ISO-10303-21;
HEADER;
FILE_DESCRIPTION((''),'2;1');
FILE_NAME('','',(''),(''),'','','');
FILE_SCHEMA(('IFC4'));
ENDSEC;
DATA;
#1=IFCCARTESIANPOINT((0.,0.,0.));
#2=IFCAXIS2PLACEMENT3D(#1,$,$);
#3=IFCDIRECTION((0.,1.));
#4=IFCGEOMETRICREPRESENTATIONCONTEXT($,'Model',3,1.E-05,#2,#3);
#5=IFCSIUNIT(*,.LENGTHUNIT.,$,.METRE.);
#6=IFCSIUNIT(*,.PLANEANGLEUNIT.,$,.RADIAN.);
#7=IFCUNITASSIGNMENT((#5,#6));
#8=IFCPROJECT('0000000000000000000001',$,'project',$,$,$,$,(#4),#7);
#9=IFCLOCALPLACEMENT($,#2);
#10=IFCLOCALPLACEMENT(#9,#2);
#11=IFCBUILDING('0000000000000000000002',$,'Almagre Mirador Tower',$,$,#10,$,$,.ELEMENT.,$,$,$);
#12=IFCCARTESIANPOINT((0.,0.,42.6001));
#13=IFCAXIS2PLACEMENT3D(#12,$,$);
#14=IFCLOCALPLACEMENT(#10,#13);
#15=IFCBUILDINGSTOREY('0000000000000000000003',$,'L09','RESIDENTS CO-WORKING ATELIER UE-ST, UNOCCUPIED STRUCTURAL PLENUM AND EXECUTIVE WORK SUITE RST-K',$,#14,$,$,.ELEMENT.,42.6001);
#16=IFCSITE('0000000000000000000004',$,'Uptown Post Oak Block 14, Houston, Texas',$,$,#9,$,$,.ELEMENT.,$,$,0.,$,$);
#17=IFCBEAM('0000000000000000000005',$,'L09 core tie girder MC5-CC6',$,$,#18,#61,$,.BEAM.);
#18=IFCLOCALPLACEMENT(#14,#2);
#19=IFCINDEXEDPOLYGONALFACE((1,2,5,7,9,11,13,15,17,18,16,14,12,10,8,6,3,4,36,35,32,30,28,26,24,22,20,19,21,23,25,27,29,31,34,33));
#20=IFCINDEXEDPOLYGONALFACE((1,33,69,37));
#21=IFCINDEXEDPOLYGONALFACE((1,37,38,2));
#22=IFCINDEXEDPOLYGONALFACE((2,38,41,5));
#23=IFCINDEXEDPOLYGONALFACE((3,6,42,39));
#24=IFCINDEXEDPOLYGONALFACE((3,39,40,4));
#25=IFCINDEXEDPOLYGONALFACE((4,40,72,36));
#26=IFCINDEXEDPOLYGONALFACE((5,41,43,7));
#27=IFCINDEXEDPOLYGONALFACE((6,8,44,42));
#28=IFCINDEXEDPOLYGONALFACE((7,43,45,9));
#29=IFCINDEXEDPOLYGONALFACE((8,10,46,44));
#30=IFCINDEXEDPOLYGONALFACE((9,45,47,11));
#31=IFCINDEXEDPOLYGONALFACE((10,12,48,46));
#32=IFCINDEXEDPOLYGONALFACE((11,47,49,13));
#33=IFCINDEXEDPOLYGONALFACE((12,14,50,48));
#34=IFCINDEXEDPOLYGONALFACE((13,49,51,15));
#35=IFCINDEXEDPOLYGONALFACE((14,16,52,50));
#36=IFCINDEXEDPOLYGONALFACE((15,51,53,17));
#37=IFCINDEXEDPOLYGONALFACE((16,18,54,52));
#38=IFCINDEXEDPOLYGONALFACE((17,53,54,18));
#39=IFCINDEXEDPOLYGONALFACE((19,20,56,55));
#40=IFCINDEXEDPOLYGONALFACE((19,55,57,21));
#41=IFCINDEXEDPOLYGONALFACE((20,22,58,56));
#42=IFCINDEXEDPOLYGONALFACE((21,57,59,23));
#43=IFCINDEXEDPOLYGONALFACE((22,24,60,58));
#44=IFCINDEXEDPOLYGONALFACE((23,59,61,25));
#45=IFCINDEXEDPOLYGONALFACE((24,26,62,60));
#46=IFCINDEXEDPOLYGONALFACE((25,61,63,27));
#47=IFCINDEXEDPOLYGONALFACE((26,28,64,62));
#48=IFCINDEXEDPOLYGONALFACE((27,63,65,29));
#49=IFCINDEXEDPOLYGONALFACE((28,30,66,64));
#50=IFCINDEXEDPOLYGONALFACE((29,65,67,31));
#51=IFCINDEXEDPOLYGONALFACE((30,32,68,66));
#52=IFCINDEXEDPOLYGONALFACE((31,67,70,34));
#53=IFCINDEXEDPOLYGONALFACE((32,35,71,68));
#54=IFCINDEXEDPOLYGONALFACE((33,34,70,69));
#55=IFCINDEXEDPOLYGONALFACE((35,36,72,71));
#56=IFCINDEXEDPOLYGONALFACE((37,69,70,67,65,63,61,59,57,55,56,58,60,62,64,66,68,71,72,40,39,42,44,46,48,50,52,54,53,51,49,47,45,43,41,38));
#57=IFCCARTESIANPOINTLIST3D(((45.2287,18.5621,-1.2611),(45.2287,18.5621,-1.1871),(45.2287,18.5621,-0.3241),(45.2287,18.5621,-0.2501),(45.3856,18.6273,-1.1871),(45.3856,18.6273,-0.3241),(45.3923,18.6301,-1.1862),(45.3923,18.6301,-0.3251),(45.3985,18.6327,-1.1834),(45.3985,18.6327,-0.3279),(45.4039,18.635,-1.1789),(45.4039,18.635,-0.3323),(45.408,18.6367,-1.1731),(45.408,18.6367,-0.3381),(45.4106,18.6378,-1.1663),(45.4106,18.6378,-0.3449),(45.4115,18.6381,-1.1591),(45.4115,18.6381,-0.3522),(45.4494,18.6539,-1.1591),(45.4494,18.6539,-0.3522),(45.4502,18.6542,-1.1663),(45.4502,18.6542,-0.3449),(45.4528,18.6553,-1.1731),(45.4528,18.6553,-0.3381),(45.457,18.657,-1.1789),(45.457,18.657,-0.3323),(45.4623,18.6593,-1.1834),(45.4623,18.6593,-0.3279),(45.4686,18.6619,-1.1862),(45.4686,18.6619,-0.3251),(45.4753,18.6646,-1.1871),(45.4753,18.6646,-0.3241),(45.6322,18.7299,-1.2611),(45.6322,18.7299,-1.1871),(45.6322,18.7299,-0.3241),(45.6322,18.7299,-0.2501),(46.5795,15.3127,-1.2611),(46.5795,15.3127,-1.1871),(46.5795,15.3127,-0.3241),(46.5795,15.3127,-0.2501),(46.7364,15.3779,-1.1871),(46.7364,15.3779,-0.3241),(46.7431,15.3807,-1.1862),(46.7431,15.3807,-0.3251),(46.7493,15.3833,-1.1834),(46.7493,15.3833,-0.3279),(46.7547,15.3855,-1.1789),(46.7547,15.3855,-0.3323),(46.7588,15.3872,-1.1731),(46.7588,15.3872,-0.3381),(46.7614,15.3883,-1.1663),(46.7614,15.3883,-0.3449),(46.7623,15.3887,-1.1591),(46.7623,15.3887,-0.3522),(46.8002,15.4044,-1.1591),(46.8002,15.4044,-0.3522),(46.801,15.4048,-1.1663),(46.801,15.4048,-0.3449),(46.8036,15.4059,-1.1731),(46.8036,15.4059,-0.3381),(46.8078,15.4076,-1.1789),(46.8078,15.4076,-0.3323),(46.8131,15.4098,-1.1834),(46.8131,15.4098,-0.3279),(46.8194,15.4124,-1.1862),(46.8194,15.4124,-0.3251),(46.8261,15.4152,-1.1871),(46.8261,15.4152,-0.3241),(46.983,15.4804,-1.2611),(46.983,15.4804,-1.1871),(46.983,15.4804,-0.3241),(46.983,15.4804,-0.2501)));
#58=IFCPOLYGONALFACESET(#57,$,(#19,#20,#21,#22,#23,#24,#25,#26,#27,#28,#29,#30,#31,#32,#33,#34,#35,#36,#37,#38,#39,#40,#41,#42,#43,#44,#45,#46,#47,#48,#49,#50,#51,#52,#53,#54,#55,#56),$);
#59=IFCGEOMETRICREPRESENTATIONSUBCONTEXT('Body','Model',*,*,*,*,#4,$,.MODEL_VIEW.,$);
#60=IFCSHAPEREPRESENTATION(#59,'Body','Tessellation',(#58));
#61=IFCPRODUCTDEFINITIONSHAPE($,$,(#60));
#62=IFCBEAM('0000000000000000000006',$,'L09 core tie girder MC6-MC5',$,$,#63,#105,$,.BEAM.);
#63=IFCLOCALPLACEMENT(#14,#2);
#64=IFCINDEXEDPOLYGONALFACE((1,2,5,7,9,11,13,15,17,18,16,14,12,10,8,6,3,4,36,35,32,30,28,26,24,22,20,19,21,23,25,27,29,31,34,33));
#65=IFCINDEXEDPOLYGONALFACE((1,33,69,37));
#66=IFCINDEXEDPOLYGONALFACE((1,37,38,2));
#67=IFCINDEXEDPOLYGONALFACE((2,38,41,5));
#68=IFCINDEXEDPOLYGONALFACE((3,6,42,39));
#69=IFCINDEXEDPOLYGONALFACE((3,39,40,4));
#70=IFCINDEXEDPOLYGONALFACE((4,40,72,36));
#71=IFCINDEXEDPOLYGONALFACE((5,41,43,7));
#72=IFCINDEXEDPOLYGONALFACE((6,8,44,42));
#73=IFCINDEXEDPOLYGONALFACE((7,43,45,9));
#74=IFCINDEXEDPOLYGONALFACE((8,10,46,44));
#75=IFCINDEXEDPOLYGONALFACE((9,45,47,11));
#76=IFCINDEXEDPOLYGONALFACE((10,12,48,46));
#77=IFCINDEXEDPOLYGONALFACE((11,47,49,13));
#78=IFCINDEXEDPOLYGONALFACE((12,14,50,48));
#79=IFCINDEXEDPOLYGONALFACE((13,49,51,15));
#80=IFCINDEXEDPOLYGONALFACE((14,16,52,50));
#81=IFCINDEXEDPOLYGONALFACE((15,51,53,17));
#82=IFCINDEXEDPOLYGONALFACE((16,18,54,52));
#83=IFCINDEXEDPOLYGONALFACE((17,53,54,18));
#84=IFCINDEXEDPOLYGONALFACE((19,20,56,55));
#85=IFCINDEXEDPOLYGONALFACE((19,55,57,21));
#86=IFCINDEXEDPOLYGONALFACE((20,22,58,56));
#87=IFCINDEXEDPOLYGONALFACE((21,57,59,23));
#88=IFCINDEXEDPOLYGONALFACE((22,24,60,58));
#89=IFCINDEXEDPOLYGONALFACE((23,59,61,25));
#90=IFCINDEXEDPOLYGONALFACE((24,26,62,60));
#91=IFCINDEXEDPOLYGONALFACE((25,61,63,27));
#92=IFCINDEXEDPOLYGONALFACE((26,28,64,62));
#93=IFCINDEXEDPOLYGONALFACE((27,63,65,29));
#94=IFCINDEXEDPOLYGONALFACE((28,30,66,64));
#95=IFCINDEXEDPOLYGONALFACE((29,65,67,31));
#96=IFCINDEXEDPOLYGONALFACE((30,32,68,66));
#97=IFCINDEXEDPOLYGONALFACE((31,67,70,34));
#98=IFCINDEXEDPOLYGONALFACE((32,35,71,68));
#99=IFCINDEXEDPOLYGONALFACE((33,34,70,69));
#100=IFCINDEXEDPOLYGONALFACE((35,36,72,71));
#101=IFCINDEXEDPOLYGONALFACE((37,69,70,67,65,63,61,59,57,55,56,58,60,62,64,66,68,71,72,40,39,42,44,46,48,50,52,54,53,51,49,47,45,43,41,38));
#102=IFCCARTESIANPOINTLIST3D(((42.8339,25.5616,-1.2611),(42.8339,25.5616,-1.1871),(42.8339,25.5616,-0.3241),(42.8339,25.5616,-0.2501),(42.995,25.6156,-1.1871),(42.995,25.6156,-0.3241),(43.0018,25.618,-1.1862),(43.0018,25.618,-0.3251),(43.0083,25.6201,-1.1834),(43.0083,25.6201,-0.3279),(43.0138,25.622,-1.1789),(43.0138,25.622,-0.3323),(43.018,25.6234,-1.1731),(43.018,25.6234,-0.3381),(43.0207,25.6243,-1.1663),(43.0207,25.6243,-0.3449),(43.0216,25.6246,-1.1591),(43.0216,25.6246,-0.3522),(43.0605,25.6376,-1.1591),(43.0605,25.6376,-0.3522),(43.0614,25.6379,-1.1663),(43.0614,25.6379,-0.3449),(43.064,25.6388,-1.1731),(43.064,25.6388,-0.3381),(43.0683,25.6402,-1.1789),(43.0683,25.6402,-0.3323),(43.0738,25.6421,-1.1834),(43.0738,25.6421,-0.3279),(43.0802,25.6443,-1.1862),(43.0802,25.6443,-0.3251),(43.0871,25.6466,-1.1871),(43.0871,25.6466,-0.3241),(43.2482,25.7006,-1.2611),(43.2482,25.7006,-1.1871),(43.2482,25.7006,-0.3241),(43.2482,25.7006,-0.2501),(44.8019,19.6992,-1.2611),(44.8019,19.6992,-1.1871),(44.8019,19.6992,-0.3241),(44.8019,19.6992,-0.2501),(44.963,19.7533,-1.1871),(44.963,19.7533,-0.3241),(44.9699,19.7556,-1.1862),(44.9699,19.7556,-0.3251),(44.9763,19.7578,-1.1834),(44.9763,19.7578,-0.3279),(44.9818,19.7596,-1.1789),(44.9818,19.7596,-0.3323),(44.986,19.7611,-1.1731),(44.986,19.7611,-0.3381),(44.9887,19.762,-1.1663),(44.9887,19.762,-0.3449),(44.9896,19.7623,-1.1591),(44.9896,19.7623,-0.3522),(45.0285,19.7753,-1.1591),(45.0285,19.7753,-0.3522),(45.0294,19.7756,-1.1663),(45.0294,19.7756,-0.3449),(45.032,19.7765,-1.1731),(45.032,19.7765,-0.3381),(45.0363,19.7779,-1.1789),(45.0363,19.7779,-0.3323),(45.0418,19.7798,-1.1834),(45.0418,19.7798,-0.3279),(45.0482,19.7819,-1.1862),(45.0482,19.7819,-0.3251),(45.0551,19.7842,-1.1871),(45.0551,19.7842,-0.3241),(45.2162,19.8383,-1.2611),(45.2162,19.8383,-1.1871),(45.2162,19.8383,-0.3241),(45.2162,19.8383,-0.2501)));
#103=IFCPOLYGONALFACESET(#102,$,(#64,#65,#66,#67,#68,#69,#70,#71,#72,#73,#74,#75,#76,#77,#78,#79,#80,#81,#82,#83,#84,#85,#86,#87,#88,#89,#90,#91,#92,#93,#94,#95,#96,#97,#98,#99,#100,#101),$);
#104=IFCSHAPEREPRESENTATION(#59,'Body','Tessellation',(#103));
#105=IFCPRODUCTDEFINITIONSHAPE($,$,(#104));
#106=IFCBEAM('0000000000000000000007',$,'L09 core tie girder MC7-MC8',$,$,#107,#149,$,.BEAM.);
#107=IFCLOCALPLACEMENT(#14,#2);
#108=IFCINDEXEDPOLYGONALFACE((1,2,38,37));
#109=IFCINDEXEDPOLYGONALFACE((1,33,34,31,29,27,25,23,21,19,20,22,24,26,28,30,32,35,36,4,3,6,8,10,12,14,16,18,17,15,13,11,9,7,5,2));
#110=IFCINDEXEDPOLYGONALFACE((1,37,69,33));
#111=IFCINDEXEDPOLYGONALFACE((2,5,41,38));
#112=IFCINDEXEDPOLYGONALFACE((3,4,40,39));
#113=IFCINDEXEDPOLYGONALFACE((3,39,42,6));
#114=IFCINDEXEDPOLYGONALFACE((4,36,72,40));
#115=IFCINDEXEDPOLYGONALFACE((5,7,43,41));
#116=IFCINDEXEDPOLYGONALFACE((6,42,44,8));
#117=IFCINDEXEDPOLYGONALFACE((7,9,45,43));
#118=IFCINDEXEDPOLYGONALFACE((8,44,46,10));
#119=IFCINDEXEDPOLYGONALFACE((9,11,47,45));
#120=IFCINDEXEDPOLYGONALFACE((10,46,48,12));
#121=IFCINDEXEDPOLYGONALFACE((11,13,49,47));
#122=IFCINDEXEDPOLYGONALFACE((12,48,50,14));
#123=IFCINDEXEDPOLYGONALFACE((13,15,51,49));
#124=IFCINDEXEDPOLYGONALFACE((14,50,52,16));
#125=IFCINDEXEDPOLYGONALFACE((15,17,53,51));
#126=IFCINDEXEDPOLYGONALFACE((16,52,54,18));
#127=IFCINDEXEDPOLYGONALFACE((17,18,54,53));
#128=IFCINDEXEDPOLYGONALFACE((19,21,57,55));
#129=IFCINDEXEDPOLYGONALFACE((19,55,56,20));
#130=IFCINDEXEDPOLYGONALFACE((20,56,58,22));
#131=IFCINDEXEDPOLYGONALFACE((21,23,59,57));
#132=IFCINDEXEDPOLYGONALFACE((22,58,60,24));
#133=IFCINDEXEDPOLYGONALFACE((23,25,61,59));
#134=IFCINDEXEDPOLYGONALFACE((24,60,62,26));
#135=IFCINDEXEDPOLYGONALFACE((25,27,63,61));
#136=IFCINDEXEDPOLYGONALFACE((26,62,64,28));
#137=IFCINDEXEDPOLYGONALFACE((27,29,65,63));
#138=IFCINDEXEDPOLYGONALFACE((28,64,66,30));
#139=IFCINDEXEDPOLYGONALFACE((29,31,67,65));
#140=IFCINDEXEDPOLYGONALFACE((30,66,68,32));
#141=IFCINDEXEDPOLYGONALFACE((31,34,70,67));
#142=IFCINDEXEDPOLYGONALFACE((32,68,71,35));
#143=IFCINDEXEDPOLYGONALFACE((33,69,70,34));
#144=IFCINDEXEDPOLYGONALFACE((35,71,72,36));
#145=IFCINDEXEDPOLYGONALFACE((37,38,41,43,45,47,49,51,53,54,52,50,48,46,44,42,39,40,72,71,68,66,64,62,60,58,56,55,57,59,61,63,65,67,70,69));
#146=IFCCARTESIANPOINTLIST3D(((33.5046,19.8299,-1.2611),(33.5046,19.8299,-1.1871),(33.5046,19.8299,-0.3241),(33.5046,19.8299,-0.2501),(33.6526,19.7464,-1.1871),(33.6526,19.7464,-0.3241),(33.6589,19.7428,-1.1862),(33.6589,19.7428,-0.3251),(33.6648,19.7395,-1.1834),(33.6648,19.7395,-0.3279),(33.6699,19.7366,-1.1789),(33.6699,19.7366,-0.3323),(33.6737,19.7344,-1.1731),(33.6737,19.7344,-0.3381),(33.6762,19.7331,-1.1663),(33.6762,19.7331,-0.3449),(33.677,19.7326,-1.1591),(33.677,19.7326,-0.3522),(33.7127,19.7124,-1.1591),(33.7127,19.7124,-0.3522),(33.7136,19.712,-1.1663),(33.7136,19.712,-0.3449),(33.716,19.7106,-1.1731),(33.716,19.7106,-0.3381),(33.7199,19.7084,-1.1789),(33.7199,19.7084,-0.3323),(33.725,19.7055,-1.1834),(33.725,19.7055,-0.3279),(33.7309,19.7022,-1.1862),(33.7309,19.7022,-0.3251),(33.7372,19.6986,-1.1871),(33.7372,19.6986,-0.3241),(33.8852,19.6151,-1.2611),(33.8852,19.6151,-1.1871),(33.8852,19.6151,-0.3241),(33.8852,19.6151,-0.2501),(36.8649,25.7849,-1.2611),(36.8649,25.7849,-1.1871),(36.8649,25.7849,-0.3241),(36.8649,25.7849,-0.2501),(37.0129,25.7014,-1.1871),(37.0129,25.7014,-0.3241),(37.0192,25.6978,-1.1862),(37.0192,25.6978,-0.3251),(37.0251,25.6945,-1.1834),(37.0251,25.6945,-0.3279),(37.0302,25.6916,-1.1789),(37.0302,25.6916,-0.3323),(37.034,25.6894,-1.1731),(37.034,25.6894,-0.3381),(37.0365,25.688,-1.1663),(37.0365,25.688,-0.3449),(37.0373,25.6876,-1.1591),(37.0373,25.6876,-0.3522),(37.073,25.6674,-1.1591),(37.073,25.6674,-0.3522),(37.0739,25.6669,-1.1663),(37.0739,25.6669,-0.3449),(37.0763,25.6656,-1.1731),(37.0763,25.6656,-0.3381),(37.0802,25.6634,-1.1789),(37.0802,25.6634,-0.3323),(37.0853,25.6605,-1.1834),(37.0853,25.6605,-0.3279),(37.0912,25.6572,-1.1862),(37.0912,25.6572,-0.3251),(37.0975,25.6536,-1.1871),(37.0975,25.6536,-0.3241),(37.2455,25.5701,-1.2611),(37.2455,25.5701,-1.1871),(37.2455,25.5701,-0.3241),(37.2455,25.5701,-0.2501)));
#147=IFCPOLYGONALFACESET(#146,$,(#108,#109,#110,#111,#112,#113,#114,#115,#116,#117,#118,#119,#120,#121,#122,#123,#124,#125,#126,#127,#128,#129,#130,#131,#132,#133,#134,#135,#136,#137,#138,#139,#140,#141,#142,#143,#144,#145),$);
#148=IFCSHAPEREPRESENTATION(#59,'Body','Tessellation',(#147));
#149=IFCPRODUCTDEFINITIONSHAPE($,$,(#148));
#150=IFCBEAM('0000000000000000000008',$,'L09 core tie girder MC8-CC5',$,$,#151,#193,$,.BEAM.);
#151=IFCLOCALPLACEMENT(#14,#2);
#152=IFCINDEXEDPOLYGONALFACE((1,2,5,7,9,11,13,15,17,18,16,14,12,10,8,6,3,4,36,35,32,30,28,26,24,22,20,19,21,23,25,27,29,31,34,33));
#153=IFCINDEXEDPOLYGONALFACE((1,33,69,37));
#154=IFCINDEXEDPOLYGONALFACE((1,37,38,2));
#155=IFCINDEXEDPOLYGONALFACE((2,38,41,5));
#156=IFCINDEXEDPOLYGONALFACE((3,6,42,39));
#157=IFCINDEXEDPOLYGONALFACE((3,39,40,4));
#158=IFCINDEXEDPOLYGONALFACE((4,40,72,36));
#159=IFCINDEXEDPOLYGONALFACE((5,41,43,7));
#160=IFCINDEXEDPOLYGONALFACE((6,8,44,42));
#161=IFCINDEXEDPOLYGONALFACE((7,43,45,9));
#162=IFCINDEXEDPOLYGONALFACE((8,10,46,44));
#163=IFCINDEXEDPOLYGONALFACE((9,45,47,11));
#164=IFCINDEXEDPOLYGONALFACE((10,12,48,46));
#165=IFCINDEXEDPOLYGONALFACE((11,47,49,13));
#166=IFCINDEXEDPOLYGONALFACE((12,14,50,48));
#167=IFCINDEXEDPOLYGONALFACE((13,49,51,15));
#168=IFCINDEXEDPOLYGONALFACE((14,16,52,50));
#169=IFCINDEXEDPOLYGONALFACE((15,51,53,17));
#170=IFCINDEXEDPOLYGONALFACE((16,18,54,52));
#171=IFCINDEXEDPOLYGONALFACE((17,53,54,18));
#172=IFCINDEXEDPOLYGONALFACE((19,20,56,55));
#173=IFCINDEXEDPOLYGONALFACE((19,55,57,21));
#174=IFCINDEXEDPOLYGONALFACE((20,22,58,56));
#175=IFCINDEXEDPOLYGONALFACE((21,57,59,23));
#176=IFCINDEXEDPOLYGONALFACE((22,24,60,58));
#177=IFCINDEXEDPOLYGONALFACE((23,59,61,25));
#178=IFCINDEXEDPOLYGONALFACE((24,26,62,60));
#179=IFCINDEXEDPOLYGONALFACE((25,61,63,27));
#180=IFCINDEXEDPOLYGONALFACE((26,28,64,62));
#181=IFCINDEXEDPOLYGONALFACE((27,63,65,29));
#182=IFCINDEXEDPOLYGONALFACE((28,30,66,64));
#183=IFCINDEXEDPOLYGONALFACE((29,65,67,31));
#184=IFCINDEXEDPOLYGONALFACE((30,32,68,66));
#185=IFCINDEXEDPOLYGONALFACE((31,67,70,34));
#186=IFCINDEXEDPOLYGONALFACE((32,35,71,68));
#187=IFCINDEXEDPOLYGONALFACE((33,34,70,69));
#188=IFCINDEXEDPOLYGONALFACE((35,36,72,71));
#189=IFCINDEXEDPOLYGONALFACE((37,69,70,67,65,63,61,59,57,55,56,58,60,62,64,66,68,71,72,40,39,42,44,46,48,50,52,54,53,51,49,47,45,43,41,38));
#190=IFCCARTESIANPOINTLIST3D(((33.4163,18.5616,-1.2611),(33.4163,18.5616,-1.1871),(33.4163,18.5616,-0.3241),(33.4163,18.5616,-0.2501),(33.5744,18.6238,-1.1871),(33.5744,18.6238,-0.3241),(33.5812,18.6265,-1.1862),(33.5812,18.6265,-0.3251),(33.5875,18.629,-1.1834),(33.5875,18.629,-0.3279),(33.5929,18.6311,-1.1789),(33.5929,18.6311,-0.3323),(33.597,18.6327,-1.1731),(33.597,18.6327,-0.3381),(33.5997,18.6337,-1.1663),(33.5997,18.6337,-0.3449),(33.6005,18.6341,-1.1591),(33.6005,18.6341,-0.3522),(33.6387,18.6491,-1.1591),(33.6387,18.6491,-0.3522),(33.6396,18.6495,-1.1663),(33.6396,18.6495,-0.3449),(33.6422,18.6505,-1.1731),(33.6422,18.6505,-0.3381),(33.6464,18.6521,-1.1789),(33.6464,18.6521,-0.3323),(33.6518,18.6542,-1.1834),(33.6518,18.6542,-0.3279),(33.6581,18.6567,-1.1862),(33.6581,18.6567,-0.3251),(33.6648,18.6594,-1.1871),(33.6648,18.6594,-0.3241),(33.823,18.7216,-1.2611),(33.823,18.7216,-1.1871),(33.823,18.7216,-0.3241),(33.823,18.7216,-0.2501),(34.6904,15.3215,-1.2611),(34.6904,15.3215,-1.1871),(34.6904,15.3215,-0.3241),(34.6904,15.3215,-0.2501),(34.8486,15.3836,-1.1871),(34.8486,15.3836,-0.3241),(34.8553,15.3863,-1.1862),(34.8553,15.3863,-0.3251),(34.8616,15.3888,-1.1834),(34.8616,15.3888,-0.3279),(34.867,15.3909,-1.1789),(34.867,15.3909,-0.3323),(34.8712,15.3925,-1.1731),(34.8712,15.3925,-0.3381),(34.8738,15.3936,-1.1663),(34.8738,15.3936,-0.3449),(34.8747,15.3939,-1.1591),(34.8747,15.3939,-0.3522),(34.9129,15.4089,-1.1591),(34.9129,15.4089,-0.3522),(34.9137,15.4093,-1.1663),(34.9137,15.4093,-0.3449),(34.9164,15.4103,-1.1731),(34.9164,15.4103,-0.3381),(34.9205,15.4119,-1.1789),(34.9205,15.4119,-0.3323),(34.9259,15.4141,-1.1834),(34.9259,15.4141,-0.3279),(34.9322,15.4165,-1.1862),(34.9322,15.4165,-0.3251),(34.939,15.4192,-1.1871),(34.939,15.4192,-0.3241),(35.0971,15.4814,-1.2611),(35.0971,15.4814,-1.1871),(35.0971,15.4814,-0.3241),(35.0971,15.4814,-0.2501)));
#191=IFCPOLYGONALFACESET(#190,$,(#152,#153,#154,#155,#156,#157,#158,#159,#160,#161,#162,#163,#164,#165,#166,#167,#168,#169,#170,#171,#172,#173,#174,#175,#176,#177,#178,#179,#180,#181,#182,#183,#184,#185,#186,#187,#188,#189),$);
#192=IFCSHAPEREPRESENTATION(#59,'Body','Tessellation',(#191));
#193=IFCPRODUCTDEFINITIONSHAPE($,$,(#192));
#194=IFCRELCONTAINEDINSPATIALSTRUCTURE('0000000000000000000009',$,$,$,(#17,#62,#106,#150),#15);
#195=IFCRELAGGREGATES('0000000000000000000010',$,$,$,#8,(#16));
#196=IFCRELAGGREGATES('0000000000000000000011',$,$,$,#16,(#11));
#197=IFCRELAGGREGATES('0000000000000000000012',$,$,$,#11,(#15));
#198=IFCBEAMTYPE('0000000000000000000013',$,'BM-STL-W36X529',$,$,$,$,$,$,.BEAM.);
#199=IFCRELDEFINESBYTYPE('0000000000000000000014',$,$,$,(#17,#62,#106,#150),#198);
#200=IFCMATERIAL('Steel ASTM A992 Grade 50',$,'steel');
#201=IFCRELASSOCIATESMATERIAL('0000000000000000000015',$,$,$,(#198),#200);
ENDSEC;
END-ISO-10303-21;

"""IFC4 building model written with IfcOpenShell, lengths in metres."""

from ifc_helpers import new_model, si_unit, direction, frame, origin, origin_2d, place, context, subcontext, project, spatial, i_section, extrude, material, material_profile, profile_set, type_object, element, save


model = new_model("IFC4")

# Units and contexts
model_context = context("Model", 3, precision=1e-05, world=origin(), true_north=direction((0.0, 1.0)))
body_context = subcontext(model_context, "Body", "Model", "MODEL_VIEW")
ifc_project = project(units=[si_unit("LENGTHUNIT", "METRE"), si_unit("PLANEANGLEUNIT", "RADIAN")], contexts=[model_context])

# Site, building, storey
site_placement = place(None, origin())
site = spatial("IfcSite", under=ifc_project, at=site_placement, Name="Uptown Post Oak Block 14, Houston, Texas", CompositionType="ELEMENT", RefElevation=0.0)
building_placement = place(site_placement, origin())
building = spatial("IfcBuilding", under=site, at=building_placement, Name="Almagre Mirador Tower", CompositionType="ELEMENT")
storey_placement = place(building_placement, frame((0.0, 0.0, 42.6001)))
storey = spatial("IfcBuildingStorey", under=building, at=storey_placement, Name="L09", Description="RESIDENTS CO-WORKING ATELIER UE-ST, UNOCCUPIED STRUCTURAL PLENUM AND EXECUTIVE WORK SUITE RST-K", CompositionType="ELEMENT", Elevation=42.6001)

# Beams
ifc_material_1 = material(Name="Steel ASTM A992 Grade 50", Category="steel")
ifc_material_profile_1 = material_profile(ifc_material_1, i_section(OverallWidth=0.437, OverallDepth=1.011, WebThickness=0.041, FlangeThickness=0.074, FilletRadius=0.0281, at=origin_2d()), Name="W36X529")
ifc_profile_set_1 = profile_set([ifc_material_profile_1], Name="Steel ASTM A992 Grade 50")
beam_type_1 = type_object("IfcBeamType", Name="BM-STL-W36X529", PredefinedType="BEAM", material=ifc_profile_set_1)
beam_1_placement = place(storey_placement, frame((45.4304, 18.646, -0.7556), z_axis=(0.383857, -0.923393, 0.0), x_axis=(0.923393, 0.383857, 0.0)))
element("IfcBeam", 1, at=beam_1_placement, inside=storey, type_object=beam_type_1, Name="L09 core tie girder MC5-CC6", PredefinedType="BEAM", context=body_context, shape_type="SweptSolid", body=[
    extrude(i_section(OverallWidth=0.437, OverallDepth=1.011, WebThickness=0.041, FlangeThickness=0.074, FilletRadius=0.0281, at=origin_2d()), origin(), (0.0, 0.0, 1.0), 3.519),
])
beam_2_placement = place(storey_placement, frame((43.041, 25.6311, -0.7556), z_axis=(0.318252, -0.948006, 0.0), x_axis=(0.948006, 0.318252, 0.0)))
element("IfcBeam", 2, at=beam_2_placement, inside=storey, type_object=beam_type_1, Name="L09 core tie girder MC6-MC5", PredefinedType="BEAM", context=body_context, shape_type="SweptSolid", body=[
    extrude(i_section(OverallWidth=0.437, OverallDepth=1.011, WebThickness=0.041, FlangeThickness=0.074, FilletRadius=0.0281, at=origin_2d()), origin(), (0.0, 0.0, 1.0), 6.1838),
])
beam_3_placement = place(storey_placement, frame((37.0552, 25.6775, -0.7556), z_axis=(-0.491441, -0.870911, 0.0), x_axis=(0.870911, -0.491441, 0.0)))
element("IfcBeam", 3, at=beam_3_placement, inside=storey, type_object=beam_type_1, Name="L09 core tie girder MC7-MC8", PredefinedType="BEAM", context=body_context, shape_type="SweptSolid", body=[
    extrude(i_section(OverallWidth=0.437, OverallDepth=1.011, WebThickness=0.041, FlangeThickness=0.074, FilletRadius=0.0281, at=origin_2d()), origin(), (0.0, 0.0, 1.0), 6.8376),
])
beam_4_placement = place(storey_placement, frame((33.6196, 18.6416, -0.7556), z_axis=(0.365956, -0.930632, 0.0), x_axis=(0.930632, 0.365956, 0.0)))
element("IfcBeam", 4, at=beam_4_placement, inside=storey, type_object=beam_type_1, Name="L09 core tie girder MC8-CC5", PredefinedType="BEAM", context=body_context, shape_type="SweptSolid", body=[
    extrude(i_section(OverallWidth=0.437, OverallDepth=1.011, WebThickness=0.041, FlangeThickness=0.074, FilletRadius=0.0281, at=origin_2d()), origin(), (0.0, 0.0, 1.0), 3.4817),
])

save(model, "model.ifc")
